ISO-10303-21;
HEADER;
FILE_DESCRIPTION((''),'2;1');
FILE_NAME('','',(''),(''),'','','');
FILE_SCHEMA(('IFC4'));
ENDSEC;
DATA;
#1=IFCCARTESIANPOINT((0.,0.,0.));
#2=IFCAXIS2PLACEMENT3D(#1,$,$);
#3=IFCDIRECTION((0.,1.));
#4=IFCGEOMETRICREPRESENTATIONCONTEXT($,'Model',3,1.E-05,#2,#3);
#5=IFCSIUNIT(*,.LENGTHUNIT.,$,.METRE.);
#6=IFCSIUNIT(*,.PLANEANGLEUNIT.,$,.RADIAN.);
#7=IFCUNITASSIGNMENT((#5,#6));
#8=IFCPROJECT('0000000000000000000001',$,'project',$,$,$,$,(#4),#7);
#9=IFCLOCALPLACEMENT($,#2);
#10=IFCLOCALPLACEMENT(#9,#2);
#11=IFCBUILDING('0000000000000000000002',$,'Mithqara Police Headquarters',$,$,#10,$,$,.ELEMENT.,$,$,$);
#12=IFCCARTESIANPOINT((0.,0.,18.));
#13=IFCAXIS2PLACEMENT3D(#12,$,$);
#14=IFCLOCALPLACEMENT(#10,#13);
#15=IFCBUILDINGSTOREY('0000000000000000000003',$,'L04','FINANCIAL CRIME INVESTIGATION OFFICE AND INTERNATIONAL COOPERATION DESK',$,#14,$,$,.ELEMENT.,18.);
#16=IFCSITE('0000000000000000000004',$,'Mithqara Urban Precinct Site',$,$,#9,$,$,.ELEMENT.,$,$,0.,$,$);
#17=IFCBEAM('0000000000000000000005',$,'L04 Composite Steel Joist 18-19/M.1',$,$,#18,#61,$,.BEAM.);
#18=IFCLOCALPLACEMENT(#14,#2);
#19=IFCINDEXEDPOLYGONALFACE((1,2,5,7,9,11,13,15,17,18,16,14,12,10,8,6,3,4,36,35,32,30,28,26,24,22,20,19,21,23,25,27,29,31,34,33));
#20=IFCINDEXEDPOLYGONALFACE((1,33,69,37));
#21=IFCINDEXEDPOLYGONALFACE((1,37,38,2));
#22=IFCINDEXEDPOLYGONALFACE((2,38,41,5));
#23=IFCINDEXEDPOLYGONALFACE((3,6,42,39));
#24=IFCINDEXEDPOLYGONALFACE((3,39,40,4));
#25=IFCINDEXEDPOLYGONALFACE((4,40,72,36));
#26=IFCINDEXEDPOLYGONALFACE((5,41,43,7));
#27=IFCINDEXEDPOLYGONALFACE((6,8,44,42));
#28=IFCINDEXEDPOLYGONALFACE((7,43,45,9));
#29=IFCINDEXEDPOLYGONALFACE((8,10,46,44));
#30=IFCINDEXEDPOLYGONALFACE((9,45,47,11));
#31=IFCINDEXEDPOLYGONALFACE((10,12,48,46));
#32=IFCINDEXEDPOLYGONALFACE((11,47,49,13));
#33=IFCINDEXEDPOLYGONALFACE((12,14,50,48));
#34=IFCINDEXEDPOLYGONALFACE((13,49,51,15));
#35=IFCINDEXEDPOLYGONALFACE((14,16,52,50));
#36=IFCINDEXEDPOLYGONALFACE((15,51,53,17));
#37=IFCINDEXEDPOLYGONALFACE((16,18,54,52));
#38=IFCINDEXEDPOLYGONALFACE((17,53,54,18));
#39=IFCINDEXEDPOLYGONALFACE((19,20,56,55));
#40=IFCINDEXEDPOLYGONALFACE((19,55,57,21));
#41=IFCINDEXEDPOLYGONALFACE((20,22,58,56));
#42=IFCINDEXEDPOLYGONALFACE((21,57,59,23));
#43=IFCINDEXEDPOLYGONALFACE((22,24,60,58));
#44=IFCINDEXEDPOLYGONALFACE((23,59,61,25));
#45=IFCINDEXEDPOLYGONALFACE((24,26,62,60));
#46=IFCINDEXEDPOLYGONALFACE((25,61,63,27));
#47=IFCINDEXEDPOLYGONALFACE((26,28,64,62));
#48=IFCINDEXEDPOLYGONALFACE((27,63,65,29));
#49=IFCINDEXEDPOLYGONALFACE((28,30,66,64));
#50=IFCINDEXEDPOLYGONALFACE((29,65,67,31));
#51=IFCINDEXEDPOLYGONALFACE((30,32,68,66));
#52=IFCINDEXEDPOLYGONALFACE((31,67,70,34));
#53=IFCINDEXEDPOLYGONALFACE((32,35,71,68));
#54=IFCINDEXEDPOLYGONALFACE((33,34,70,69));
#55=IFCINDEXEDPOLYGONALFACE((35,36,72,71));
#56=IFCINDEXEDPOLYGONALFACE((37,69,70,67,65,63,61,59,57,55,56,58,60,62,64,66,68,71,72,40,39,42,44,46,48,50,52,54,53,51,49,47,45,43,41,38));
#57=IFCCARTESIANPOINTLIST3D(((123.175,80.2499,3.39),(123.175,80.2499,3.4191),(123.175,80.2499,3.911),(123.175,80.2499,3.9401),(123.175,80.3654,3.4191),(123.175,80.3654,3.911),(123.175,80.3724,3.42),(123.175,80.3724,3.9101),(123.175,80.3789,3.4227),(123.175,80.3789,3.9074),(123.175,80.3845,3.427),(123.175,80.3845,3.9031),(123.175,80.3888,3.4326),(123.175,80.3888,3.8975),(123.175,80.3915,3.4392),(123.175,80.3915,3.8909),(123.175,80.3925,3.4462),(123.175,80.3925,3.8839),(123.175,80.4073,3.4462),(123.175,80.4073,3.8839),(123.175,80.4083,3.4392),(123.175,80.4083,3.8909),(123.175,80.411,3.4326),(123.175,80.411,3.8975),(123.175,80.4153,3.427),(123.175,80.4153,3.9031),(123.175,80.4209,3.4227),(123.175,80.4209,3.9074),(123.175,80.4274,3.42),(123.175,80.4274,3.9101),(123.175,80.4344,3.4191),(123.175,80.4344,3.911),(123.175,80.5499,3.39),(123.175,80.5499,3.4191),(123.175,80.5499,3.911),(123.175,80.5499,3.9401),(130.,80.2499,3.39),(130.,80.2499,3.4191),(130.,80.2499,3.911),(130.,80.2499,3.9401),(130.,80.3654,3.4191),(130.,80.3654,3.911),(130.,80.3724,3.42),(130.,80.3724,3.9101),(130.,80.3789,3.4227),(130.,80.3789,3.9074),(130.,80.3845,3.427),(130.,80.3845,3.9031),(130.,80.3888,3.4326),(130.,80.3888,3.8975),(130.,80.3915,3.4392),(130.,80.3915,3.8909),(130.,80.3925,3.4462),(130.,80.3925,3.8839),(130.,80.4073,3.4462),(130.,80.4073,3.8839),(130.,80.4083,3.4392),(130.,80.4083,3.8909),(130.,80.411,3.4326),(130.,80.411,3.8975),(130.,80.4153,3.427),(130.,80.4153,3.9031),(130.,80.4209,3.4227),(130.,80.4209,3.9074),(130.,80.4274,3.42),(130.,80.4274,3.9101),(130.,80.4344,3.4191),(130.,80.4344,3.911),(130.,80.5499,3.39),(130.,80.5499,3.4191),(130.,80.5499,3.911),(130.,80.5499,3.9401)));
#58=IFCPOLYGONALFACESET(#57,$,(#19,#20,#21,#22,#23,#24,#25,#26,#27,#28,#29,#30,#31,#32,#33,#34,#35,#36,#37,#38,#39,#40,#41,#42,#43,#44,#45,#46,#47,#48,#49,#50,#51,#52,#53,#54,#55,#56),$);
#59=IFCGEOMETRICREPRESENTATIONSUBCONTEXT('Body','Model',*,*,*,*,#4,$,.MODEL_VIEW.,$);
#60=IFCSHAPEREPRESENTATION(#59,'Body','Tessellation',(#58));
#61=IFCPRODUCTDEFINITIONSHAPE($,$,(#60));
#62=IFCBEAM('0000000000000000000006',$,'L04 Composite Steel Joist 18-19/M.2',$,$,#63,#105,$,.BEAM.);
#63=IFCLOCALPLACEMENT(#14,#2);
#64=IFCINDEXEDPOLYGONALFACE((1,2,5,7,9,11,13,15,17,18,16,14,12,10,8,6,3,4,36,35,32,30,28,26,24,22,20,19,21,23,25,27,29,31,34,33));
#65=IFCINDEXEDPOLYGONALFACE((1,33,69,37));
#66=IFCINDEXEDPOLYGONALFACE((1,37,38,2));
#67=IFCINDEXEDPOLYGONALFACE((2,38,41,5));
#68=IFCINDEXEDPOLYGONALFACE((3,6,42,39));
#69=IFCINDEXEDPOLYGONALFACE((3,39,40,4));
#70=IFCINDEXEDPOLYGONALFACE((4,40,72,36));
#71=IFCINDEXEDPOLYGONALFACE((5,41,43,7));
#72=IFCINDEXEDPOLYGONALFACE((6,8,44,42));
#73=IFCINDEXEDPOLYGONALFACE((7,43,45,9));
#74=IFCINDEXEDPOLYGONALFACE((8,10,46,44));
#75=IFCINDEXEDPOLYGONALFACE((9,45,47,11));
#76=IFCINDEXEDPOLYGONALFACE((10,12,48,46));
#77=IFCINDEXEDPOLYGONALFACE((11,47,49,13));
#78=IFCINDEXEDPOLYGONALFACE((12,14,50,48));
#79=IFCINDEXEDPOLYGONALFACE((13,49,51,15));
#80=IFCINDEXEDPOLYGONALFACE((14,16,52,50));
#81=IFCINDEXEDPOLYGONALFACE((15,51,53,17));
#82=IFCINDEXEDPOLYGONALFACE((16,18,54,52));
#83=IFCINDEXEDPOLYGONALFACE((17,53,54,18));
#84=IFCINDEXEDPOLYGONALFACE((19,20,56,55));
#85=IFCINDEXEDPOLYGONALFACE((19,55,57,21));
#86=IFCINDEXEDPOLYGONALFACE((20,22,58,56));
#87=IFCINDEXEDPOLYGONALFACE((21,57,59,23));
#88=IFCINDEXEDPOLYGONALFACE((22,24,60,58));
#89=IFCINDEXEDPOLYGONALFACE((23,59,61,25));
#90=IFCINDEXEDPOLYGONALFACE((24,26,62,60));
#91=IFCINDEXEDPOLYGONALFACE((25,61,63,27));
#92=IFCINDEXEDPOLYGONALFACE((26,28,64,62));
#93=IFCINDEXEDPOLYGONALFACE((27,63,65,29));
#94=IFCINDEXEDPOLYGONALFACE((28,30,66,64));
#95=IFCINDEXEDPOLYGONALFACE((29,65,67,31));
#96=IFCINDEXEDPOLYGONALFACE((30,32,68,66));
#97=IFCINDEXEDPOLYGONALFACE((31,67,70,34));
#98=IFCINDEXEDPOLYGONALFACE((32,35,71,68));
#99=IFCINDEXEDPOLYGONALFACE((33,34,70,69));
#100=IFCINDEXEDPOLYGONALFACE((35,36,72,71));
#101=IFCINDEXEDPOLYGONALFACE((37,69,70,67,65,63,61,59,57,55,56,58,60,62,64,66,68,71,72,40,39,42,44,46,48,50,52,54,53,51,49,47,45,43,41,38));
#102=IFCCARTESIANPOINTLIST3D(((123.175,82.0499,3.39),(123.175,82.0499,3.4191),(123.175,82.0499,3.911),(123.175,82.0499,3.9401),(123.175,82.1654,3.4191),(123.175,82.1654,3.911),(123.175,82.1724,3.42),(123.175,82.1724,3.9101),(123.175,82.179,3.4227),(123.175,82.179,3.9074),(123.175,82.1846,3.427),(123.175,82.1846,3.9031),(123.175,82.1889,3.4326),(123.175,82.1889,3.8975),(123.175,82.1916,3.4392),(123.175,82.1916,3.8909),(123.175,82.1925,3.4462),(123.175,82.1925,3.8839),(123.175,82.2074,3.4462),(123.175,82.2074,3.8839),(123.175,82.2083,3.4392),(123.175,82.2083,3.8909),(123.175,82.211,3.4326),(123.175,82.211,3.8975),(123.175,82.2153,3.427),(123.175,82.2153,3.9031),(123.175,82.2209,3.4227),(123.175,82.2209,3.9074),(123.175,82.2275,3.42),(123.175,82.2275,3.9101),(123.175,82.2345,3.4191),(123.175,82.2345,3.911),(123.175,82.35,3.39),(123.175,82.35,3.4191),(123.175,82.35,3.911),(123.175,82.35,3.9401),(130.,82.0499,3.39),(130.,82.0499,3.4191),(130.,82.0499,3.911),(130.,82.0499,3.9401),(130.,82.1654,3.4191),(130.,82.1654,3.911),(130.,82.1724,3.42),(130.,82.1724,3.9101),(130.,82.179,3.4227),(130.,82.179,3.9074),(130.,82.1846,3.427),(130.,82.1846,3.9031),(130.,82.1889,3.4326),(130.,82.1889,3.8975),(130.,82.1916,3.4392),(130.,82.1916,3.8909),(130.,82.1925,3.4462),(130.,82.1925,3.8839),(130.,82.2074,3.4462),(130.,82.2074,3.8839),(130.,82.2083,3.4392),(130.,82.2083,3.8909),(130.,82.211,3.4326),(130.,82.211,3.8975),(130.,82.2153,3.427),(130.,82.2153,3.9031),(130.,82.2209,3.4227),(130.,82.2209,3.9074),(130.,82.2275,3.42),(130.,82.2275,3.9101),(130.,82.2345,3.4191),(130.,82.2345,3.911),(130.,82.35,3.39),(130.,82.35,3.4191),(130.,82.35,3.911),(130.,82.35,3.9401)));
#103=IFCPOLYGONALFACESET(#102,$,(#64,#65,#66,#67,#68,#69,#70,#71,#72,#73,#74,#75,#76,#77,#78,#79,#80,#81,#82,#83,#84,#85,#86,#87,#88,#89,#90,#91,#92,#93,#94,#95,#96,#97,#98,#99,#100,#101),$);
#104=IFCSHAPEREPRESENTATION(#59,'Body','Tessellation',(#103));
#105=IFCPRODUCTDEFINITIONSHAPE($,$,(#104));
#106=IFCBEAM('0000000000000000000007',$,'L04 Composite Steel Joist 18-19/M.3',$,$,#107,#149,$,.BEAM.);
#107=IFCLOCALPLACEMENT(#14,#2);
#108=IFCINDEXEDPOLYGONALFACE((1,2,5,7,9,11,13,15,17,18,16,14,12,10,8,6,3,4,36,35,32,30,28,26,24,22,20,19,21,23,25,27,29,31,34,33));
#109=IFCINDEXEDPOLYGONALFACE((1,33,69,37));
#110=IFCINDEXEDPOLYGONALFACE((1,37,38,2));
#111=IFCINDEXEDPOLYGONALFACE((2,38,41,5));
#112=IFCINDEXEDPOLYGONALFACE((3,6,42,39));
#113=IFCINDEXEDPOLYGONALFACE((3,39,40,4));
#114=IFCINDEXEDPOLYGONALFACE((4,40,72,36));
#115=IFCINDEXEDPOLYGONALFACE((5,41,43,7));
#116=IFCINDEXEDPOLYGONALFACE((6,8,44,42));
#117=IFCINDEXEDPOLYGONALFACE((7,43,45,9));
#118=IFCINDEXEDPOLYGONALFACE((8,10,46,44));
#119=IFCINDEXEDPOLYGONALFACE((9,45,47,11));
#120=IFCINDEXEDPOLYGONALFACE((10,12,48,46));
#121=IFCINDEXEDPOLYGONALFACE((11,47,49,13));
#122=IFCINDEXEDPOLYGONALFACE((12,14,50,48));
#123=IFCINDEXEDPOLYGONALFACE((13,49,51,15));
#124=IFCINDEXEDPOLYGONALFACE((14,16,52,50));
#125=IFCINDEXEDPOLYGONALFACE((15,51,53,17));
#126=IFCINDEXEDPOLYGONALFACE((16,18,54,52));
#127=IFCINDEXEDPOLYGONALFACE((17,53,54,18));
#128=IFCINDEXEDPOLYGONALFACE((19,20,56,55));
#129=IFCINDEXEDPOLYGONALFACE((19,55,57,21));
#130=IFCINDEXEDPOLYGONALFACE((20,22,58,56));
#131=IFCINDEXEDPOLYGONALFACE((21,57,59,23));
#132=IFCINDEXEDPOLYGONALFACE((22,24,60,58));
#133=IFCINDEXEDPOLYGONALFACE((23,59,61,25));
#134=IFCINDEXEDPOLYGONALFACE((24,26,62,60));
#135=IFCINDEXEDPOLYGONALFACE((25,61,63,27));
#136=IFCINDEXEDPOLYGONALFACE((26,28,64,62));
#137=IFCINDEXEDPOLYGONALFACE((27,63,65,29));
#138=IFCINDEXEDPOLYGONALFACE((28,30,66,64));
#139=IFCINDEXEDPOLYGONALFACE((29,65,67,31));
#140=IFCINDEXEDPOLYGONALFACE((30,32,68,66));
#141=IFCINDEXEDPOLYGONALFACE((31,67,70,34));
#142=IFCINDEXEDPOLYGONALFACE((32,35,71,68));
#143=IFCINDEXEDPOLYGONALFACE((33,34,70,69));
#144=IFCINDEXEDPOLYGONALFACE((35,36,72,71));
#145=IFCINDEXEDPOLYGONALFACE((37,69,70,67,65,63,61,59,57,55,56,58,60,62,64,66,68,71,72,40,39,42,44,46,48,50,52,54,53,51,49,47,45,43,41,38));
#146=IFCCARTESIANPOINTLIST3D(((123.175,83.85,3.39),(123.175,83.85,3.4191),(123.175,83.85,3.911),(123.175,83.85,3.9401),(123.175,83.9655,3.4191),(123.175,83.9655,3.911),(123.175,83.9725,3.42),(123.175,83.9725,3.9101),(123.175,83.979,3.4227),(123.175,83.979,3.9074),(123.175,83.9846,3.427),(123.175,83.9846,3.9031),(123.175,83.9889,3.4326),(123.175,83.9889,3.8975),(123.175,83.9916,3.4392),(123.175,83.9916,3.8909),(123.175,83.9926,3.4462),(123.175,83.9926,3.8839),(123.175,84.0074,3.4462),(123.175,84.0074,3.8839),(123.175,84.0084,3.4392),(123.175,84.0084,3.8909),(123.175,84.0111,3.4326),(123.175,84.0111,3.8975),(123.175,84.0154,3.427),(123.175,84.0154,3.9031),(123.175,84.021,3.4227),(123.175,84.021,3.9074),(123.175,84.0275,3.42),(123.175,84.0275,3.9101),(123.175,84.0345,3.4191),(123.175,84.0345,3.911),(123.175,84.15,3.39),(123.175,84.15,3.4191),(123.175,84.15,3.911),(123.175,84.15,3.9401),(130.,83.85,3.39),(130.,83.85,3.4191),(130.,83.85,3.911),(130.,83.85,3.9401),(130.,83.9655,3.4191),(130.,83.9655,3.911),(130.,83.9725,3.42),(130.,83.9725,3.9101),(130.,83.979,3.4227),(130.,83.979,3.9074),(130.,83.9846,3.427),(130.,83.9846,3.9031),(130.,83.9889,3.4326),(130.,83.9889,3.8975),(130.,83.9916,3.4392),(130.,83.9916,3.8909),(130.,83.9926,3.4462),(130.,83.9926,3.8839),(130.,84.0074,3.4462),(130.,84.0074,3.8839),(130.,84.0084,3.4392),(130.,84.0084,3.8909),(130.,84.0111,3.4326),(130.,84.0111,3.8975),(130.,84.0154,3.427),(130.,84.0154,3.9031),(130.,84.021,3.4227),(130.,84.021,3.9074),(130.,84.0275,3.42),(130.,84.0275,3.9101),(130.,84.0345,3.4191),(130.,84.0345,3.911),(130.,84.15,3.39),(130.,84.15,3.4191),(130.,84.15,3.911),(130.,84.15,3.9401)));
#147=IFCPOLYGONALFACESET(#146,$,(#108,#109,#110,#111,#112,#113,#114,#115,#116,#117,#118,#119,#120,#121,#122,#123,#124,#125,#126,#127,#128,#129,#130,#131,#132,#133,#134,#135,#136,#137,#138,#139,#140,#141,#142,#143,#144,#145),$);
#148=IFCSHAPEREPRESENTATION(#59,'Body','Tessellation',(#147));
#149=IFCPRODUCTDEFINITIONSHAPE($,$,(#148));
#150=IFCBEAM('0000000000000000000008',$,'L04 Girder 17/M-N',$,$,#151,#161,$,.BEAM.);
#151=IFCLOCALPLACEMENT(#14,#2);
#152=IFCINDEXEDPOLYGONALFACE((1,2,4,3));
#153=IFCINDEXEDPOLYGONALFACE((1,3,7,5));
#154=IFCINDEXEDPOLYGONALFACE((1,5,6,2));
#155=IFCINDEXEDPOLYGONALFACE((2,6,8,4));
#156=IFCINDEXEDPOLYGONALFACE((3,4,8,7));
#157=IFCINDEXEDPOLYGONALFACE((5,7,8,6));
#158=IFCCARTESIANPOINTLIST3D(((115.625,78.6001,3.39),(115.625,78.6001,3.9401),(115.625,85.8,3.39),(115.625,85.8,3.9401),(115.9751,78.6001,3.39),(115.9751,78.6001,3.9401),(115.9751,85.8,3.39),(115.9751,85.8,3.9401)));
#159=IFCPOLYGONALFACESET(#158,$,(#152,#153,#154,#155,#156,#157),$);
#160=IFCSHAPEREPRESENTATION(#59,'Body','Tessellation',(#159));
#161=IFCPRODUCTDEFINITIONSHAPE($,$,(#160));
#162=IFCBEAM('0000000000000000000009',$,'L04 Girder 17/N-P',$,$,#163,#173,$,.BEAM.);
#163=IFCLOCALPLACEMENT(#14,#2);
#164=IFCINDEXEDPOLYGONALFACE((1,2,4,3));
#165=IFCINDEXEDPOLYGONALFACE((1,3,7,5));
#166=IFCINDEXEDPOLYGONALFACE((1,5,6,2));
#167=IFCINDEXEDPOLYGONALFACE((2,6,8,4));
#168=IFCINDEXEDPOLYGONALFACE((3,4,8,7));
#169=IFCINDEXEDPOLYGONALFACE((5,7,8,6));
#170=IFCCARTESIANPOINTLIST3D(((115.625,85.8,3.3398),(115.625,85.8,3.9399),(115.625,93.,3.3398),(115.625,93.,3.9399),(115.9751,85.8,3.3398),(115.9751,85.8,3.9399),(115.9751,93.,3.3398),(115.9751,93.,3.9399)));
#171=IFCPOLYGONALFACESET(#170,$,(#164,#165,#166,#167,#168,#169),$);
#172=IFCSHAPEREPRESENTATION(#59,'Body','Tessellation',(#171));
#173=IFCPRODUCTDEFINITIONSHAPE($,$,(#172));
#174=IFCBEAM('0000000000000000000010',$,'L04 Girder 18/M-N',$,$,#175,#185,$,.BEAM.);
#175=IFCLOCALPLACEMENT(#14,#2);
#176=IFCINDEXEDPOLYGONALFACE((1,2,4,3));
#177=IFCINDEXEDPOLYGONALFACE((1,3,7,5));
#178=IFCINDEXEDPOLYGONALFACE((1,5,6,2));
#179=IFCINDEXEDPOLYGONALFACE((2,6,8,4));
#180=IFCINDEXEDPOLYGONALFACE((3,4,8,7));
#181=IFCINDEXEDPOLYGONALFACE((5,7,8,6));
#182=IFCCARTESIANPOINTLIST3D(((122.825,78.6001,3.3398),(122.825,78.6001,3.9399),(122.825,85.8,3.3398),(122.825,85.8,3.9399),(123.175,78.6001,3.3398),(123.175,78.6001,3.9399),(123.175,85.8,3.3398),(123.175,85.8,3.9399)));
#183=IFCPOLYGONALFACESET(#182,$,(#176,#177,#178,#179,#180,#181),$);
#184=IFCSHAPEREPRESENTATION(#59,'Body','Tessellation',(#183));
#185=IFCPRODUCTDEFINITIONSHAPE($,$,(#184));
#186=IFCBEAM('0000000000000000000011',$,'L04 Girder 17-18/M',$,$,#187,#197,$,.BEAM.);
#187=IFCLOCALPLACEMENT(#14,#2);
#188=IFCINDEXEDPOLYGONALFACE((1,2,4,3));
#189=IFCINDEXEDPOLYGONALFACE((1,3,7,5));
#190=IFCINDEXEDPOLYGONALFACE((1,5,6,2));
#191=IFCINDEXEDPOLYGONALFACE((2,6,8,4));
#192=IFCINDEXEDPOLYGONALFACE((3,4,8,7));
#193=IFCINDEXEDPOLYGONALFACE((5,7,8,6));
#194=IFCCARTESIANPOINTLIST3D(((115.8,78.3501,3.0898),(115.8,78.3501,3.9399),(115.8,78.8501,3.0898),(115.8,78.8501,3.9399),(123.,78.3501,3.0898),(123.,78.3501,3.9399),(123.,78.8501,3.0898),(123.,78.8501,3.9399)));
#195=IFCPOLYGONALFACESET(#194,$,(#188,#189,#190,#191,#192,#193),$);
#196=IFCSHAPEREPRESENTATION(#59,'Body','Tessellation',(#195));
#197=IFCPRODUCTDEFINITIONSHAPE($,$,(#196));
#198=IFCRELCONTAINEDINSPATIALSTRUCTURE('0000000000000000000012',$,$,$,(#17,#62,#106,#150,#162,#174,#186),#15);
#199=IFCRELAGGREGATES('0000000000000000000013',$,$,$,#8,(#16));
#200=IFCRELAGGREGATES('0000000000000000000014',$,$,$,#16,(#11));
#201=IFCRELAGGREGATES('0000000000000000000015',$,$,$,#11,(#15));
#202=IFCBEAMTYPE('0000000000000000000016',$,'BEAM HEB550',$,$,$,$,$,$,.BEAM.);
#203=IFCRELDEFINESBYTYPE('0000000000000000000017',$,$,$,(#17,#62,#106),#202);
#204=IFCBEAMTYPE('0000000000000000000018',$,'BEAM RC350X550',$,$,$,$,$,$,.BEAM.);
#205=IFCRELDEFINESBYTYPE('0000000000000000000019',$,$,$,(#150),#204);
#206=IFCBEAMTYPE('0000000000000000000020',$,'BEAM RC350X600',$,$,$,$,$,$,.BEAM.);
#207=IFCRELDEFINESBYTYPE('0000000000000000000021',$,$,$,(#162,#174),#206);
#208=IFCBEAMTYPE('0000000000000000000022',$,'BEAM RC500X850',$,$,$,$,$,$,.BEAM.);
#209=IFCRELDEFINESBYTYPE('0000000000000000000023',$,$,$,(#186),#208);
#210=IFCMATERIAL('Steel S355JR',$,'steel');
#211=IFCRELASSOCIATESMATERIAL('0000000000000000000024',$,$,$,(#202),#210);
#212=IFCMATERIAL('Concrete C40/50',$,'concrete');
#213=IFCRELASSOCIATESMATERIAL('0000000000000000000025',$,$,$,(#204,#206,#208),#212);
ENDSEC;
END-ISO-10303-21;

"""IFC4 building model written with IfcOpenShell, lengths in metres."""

from ifc_helpers import new_model, si_unit, direction, frame, origin, origin_2d, place, context, subcontext, project, spatial, rectangle, i_section, extrude, material, material_profile, profile_set, type_object, element, save


model = new_model("IFC4")

# Units and contexts
model_context = context("Model", 3, precision=1e-05, world=origin(), true_north=direction((0.0, 1.0)))
body_context = subcontext(model_context, "Body", "Model", "MODEL_VIEW")
ifc_project = project(units=[si_unit("LENGTHUNIT", "METRE"), si_unit("PLANEANGLEUNIT", "RADIAN")], contexts=[model_context])

# Site, building, storey
site_placement = place(None, origin())
site = spatial("IfcSite", under=ifc_project, at=site_placement, Name="Mithqara Urban Precinct Site", CompositionType="ELEMENT", RefElevation=0.0)
building_placement = place(site_placement, origin())
building = spatial("IfcBuilding", under=site, at=building_placement, Name="Mithqara Police Headquarters", CompositionType="ELEMENT")
storey_placement = place(building_placement, frame((0.0, 0.0, 18.0)))
storey = spatial("IfcBuildingStorey", under=building, at=storey_placement, Name="L04", Description="FINANCIAL CRIME INVESTIGATION OFFICE AND INTERNATIONAL COOPERATION DESK", CompositionType="ELEMENT", Elevation=18.0)

# Beams
ifc_material_1 = material(Name="Steel S355JR", Category="steel")
ifc_material_profile_1 = material_profile(ifc_material_1, i_section(OverallWidth=0.3, OverallDepth=0.55, WebThickness=0.0149, FlangeThickness=0.0291, FilletRadius=0.0271, at=origin_2d()), Name="HEB 550")
ifc_profile_set_1 = profile_set([ifc_material_profile_1], Name="Steel S355JR")
beam_type_1 = type_object("IfcBeamType", Name="BEAM HEB550", PredefinedType="BEAM", material=ifc_profile_set_1)
for number, where, z_axis, x_axis, name in (
    (1, (123.175, 80.3999, 3.665), (1.0, 0.0, 0.0), (0.0, 1.0, 0.0), "L04 Composite Steel Joist 18-19/M.1"),
    (2, (123.175, 82.2, 3.665), (1.0, 0.0, 0.0), (0.0, 1.0, 0.0), "L04 Composite Steel Joist 18-19/M.2"),
    (3, (123.175, 84.0, 3.665), (1.0, 0.0, 0.0), (0.0, 1.0, 0.0), "L04 Composite Steel Joist 18-19/M.3"),
):
    element("IfcBeam", number, at=place(storey_placement, frame(where, z_axis=z_axis, x_axis=x_axis)), inside=storey, type_object=beam_type_1, Name=name, PredefinedType="BEAM", context=body_context, shape_type="SweptSolid", body=[
        extrude(i_section(OverallWidth=0.3, OverallDepth=0.55, WebThickness=0.0149, FlangeThickness=0.0291, FilletRadius=0.0271, at=origin_2d()), origin(), (0.0, 0.0, 1.0), 6.825),
    ])
ifc_material_2 = material(Name="Concrete C40/50", Category="concrete")
ifc_material_profile_2 = material_profile(ifc_material_2, rectangle(XDim=0.3501, YDim=0.55, at=origin_2d()), Name="RC 350x550")
ifc_profile_set_2 = profile_set([ifc_material_profile_2], Name="Concrete C40/50")
beam_type_2 = type_object("IfcBeamType", Name="BEAM RC350X550", PredefinedType="BEAM", material=ifc_profile_set_2)
beam_1_placement = place(storey_placement, frame((115.8, 78.6001, 3.665), z_axis=(0.0, 1.0, 0.0), x_axis=(-1.0, 0.0, 0.0)))
element("IfcBeam", 4, at=beam_1_placement, inside=storey, type_object=beam_type_2, Name="L04 Girder 17/M-N", PredefinedType="BEAM", context=body_context, shape_type="SweptSolid", body=[
    extrude(rectangle(XDim=0.3501, YDim=0.55, at=origin_2d()), origin(), (0.0, 0.0, 1.0), 7.2),
])
ifc_material_profile_3 = material_profile(ifc_material_2, rectangle(XDim=0.3501, YDim=0.6001, at=origin_2d()), Name="RC 350x600")
ifc_profile_set_3 = profile_set([ifc_material_profile_3], Name="Concrete C40/50")
beam_type_3 = type_object("IfcBeamType", Name="BEAM RC350X600", PredefinedType="BEAM", material=ifc_profile_set_3)
for number, where, z_axis, x_axis, name in (
    (5, (115.8, 85.8, 3.6399), (0.0, 1.0, 0.0), (-1.0, 0.0, 0.0), "L04 Girder 17/N-P"),
    (6, (123.0, 78.6001, 3.6399), (0.0, 1.0, 0.0), (-1.0, 0.0, 0.0), "L04 Girder 18/M-N"),
):
    element("IfcBeam", number, at=place(storey_placement, frame(where, z_axis=z_axis, x_axis=x_axis)), inside=storey, type_object=beam_type_3, Name=name, PredefinedType="BEAM", context=body_context, shape_type="SweptSolid", body=[
        extrude(rectangle(XDim=0.3501, YDim=0.6001, at=origin_2d()), origin(), (0.0, 0.0, 1.0), 7.2),
    ])
ifc_material_profile_4 = material_profile(ifc_material_2, rectangle(XDim=0.5, YDim=0.8501, at=origin_2d()), Name="RC 500x850")
ifc_profile_set_4 = profile_set([ifc_material_profile_4], Name="Concrete C40/50")
beam_type_4 = type_object("IfcBeamType", Name="BEAM RC500X850", PredefinedType="BEAM", material=ifc_profile_set_4)
beam_2_placement = place(storey_placement, frame((115.8, 78.6001, 3.5149), z_axis=(1.0, 0.0, 0.0), x_axis=(0.0, 1.0, 0.0)))
element("IfcBeam", 7, at=beam_2_placement, inside=storey, type_object=beam_type_4, Name="L04 Girder 17-18/M", PredefinedType="BEAM", context=body_context, shape_type="SweptSolid", body=[
    extrude(rectangle(XDim=0.5, YDim=0.8501, at=origin_2d()), origin(), (0.0, 0.0, 1.0), 7.2),
])

save(model, "model.ifc")
